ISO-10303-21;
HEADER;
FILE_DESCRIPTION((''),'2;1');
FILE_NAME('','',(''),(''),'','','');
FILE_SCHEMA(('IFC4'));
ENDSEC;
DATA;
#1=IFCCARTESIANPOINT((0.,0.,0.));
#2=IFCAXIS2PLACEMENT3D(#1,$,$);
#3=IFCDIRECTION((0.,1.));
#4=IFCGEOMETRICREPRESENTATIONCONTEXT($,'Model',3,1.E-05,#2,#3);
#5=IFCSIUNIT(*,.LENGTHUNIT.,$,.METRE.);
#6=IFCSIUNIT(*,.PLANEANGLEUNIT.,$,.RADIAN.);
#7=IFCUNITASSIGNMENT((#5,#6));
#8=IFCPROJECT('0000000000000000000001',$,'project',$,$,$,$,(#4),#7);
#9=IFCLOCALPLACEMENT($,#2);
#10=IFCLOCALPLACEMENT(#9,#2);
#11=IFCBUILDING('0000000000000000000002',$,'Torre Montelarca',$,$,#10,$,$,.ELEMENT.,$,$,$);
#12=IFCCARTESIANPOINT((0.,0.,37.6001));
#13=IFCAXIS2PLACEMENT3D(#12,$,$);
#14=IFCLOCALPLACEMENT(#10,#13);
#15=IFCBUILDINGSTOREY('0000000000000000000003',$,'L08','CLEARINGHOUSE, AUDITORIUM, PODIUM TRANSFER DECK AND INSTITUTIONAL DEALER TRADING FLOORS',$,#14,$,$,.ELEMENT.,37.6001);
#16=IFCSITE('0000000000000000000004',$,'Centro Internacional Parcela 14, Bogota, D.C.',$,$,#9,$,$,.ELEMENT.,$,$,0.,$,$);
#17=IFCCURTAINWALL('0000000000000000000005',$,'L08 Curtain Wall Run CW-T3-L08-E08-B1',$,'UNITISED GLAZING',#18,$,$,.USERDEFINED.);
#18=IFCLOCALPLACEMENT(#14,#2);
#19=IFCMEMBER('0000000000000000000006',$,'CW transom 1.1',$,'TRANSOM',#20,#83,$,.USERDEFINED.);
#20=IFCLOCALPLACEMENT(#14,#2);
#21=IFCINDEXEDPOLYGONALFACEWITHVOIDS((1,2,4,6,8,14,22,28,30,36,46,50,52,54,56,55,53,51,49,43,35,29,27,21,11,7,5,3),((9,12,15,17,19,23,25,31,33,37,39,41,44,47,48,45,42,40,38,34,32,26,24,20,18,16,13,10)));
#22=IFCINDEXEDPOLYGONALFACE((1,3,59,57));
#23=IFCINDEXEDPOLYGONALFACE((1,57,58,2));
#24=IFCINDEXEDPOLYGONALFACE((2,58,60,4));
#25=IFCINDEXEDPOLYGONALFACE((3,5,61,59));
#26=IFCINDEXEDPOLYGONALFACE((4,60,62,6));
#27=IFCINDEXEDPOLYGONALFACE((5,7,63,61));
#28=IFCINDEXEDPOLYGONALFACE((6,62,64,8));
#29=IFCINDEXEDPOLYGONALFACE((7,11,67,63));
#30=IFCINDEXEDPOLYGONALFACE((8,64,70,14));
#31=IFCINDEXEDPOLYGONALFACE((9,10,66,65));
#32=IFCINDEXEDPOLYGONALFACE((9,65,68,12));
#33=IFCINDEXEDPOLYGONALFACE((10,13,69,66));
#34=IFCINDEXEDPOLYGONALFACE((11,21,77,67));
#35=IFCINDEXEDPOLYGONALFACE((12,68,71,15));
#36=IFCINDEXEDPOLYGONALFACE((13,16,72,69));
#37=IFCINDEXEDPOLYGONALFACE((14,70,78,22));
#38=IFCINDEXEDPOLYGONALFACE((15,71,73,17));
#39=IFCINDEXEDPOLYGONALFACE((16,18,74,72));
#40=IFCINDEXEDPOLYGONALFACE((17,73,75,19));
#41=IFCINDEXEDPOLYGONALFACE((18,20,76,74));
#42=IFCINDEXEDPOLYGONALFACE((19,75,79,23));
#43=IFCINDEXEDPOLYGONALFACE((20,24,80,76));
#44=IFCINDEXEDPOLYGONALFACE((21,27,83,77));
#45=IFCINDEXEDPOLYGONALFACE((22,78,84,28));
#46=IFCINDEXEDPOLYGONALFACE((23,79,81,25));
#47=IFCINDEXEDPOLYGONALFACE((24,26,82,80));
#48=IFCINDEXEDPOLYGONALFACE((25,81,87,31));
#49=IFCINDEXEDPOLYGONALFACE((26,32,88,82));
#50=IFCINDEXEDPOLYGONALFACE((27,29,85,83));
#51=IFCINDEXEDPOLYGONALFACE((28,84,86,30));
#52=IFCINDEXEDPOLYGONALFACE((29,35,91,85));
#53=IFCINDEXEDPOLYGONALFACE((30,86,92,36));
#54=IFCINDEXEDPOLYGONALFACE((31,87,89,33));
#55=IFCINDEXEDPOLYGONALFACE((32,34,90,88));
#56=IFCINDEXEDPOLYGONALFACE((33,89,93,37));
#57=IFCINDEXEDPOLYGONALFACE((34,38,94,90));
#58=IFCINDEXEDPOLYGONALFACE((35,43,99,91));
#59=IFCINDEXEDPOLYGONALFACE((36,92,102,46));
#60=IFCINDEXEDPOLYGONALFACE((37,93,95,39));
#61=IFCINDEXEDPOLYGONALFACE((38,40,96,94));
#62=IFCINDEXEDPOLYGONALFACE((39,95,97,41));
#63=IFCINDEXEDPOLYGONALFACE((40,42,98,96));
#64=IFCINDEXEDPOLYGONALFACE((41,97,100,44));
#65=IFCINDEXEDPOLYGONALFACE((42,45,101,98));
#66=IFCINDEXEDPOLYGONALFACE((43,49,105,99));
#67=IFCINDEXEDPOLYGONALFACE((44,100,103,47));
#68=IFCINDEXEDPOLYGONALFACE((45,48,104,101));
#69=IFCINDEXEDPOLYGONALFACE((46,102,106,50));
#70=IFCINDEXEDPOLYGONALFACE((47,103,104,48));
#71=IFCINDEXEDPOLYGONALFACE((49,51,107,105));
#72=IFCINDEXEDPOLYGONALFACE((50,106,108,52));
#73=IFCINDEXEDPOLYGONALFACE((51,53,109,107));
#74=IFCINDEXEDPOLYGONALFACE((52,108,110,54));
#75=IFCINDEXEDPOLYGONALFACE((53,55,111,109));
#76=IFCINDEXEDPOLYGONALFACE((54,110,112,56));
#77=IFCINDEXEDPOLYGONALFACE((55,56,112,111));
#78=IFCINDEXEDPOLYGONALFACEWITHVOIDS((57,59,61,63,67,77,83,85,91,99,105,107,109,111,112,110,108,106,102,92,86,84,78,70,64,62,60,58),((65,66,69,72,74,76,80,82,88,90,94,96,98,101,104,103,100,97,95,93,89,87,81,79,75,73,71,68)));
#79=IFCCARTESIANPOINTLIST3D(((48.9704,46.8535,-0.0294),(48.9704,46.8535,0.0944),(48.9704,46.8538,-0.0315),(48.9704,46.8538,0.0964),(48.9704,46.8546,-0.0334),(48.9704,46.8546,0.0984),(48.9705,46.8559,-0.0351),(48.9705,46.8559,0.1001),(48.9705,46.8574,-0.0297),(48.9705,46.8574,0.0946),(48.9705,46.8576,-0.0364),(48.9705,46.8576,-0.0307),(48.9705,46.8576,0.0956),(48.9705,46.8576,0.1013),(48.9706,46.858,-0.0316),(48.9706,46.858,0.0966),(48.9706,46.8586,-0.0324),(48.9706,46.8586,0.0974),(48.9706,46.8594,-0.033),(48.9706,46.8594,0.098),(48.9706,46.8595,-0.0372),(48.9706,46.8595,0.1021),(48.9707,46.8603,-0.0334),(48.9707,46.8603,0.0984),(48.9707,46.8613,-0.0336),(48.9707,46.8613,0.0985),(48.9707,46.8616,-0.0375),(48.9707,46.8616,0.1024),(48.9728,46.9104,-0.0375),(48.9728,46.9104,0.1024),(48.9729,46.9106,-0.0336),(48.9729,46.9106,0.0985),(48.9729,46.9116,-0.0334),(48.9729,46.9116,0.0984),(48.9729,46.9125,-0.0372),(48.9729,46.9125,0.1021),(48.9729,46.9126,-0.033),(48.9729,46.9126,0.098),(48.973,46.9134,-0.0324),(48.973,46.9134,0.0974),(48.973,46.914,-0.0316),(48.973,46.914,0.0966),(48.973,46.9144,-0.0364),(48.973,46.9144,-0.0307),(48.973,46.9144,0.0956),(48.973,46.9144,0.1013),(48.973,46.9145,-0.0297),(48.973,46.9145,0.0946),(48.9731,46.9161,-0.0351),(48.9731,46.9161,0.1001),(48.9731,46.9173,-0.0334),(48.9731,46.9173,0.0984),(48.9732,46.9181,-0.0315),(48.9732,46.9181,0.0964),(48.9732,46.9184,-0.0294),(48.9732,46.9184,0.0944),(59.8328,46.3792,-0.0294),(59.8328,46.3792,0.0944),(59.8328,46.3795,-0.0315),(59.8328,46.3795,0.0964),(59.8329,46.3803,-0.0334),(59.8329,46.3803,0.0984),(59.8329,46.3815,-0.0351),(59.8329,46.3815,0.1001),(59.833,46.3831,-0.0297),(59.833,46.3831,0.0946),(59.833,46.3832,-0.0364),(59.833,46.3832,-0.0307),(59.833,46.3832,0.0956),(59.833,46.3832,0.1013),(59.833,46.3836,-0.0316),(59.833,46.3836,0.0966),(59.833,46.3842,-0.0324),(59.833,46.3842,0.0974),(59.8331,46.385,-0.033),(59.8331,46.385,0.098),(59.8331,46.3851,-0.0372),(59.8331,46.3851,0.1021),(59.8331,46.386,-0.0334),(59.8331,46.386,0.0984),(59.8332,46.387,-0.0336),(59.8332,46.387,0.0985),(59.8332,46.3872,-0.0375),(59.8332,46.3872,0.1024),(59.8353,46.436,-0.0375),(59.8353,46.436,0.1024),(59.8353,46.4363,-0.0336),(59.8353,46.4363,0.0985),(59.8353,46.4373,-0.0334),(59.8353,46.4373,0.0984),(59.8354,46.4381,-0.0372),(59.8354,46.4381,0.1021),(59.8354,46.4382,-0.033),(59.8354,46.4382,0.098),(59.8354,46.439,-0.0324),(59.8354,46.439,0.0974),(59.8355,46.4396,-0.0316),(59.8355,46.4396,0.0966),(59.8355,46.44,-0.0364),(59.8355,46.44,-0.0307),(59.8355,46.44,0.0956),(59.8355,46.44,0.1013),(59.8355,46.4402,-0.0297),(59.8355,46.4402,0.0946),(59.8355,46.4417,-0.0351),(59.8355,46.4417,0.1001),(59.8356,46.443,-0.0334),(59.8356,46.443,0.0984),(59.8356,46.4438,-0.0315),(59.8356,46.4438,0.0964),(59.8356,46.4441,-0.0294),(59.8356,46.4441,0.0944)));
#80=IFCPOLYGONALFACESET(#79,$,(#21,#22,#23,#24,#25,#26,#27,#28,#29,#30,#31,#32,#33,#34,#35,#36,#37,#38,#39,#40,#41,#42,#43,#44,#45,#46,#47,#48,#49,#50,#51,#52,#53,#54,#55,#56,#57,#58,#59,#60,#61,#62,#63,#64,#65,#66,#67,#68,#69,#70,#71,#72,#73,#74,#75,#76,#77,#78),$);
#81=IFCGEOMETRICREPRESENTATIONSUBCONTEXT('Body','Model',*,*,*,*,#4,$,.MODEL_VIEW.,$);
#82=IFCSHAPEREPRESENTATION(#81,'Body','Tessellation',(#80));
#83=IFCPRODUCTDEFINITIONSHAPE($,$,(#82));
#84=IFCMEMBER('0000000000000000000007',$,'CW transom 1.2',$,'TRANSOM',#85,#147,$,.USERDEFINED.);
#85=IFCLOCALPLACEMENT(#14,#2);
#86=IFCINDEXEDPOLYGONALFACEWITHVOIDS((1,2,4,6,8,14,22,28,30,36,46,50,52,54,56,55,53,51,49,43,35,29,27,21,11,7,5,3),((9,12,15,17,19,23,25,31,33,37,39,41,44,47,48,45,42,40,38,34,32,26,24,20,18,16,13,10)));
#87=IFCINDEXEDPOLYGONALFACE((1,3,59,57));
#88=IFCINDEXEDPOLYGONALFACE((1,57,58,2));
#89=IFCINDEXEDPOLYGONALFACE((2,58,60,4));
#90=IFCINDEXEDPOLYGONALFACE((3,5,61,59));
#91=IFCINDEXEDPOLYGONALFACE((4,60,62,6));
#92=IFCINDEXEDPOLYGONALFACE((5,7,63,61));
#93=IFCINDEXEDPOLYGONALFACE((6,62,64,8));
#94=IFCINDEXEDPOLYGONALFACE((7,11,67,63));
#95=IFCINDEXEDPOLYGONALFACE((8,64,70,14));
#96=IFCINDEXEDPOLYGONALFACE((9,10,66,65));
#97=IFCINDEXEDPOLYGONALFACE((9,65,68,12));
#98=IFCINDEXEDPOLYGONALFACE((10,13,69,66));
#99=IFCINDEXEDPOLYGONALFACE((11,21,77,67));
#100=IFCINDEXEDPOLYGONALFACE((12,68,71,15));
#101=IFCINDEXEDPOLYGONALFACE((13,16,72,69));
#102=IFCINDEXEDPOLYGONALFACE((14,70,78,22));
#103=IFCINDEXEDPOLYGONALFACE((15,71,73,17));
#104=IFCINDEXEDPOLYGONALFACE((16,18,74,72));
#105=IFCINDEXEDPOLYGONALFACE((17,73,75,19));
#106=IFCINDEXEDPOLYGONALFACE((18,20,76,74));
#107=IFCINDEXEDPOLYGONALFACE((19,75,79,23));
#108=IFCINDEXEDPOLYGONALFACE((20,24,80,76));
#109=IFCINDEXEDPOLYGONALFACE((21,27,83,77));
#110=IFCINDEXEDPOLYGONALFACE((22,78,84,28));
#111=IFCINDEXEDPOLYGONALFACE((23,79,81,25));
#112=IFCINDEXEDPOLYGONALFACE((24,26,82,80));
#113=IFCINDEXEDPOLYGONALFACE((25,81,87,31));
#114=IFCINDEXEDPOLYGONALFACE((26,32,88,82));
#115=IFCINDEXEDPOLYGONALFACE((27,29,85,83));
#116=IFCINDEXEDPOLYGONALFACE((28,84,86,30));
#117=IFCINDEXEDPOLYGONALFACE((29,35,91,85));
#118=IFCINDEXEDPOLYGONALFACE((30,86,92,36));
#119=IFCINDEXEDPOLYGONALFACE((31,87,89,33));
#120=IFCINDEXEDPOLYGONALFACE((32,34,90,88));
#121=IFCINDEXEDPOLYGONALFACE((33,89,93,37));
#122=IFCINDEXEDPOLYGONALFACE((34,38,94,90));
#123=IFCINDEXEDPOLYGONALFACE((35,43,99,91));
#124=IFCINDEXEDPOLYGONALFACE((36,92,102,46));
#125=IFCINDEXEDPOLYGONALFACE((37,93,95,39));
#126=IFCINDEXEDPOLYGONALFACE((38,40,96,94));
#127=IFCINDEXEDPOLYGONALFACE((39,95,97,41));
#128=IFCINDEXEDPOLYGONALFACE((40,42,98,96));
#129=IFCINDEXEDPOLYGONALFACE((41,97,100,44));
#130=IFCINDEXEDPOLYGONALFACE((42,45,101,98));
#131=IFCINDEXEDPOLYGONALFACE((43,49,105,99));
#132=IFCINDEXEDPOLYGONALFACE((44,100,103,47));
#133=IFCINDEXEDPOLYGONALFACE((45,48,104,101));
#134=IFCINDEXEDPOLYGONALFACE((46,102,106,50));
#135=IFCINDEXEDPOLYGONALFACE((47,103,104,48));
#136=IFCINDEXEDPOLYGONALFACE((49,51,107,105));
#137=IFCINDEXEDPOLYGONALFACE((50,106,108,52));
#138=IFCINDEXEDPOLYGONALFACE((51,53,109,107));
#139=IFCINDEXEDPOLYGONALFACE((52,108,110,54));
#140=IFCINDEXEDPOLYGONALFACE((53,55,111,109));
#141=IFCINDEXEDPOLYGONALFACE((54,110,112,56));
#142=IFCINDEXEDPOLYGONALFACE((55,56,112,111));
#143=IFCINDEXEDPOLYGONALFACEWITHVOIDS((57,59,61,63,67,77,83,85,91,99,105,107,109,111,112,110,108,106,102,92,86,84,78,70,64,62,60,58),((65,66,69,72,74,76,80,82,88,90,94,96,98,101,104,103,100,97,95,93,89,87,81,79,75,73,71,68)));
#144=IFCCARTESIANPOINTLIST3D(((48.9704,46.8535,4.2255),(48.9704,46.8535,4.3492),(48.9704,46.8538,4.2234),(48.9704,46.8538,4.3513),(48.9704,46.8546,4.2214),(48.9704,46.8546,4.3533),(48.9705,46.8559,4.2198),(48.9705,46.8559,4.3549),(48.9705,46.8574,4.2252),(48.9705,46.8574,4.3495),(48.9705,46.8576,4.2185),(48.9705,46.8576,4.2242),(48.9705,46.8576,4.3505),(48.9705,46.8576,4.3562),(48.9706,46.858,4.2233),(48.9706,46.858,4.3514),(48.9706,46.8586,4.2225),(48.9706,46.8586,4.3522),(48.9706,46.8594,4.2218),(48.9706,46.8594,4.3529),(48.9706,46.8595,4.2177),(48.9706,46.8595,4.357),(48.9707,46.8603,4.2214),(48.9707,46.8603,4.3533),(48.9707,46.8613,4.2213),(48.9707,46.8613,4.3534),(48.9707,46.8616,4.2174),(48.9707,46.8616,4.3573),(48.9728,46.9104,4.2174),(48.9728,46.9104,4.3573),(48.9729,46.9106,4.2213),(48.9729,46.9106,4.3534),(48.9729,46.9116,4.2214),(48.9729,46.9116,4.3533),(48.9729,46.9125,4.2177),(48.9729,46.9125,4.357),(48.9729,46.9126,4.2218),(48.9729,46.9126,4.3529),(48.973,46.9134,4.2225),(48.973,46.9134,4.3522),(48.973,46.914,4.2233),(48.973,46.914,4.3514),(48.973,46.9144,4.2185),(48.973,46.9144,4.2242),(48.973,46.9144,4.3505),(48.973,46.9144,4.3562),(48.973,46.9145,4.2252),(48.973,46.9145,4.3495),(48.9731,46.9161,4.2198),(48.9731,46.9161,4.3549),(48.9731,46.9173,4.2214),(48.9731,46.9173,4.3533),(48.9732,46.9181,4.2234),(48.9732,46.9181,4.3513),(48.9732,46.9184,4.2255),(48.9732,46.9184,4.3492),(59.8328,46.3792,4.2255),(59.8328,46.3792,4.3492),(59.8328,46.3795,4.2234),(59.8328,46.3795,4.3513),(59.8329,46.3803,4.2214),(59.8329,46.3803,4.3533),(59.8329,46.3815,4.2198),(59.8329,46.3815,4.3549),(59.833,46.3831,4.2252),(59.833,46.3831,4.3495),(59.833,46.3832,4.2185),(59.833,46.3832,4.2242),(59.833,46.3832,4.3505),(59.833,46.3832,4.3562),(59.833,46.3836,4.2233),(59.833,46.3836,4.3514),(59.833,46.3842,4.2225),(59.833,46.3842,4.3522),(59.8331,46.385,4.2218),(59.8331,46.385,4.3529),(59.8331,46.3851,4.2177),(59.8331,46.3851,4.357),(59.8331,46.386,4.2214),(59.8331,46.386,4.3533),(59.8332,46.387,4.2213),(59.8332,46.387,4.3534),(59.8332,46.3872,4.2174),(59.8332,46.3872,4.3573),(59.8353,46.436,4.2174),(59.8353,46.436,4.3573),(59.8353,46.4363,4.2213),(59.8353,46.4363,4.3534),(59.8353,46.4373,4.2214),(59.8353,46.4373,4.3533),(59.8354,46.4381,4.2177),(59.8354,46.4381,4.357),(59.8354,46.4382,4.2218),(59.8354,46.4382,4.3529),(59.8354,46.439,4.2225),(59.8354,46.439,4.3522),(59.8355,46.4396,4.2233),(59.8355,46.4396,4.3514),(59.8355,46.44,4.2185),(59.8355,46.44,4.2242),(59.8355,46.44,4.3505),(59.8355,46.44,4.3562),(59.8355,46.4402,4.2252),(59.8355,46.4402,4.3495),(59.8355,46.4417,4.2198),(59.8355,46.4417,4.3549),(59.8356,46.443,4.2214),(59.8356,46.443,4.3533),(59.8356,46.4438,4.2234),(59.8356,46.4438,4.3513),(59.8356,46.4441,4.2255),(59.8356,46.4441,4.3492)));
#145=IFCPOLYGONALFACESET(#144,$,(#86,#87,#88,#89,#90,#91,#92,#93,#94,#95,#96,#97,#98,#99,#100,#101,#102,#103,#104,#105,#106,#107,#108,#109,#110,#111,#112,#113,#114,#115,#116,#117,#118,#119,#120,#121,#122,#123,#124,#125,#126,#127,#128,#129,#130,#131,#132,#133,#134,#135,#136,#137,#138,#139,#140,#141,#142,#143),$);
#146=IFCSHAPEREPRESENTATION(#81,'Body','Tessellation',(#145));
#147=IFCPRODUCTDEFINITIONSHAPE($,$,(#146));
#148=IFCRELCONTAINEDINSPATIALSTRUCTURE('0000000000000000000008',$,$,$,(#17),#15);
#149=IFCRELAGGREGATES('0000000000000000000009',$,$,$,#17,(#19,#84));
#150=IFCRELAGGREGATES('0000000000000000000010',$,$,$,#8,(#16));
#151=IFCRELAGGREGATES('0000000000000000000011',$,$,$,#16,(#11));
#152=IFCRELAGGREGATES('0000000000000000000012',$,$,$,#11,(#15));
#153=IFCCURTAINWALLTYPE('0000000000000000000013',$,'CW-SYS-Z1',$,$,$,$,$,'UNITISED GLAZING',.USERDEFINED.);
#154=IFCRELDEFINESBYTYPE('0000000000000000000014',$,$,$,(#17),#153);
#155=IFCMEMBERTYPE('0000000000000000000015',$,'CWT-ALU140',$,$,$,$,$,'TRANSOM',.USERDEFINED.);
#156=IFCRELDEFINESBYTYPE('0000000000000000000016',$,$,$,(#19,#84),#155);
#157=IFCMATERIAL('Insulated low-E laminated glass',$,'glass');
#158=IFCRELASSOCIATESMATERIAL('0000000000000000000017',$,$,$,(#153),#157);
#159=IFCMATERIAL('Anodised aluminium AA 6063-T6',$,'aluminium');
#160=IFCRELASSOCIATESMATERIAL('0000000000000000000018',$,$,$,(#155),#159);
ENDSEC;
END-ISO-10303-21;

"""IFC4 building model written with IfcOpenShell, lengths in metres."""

from ifc_helpers import new_model, si_unit, direction, frame, origin, origin_2d, place, context, subcontext, project, spatial, hollow_rectangle, extrude, source, transform, mapped, material, material_profile, profile_set, type_object, element, aggregate, save


model = new_model("IFC4")

# Units and contexts
model_context = context("Model", 3, precision=1e-05, world=origin(), true_north=direction((0.0, 1.0)))
body_context = subcontext(model_context, "Body", "Model", "MODEL_VIEW")
ifc_project = project(units=[si_unit("LENGTHUNIT", "METRE"), si_unit("PLANEANGLEUNIT", "RADIAN")], contexts=[model_context])

# Site, building, storey
site_placement = place(None, origin())
site = spatial("IfcSite", under=ifc_project, at=site_placement, Name="Centro Internacional Parcela 14, Bogota, D.C.", CompositionType="ELEMENT", RefElevation=0.0)
building_placement = place(site_placement, origin())
building = spatial("IfcBuilding", under=site, at=building_placement, Name="Torre Montelarca", CompositionType="ELEMENT")
storey_placement = place(building_placement, frame((0.0, 0.0, 37.6001)))
storey = spatial("IfcBuildingStorey", under=building, at=storey_placement, Name="L08", Description="CLEARINGHOUSE, AUDITORIUM, PODIUM TRANSFER DECK AND INSTITUTIONAL DEALER TRADING FLOORS", CompositionType="ELEMENT", Elevation=37.6001)

# Curtain wall
ifc_material_1 = material(Name="Insulated low-E laminated glass", Category="glass")
curtain_wall_type = type_object("IfcCurtainWallType", Name="CW-SYS-Z1", ElementType="UNITISED GLAZING", PredefinedType="USERDEFINED", material=ifc_material_1)
ifc_material_2 = material(Name="Anodised aluminium AA 6063-T6", Category="aluminium")
ifc_material_profile_1 = material_profile(ifc_material_2, hollow_rectangle(XDim=0.0649, YDim=0.1399, WallThickness=0.0039, InnerFilletRadius=0.0039, OuterFilletRadius=0.0081, at=origin_2d()), Name="ALU65X140X4", Category="aluminium")
ifc_profile_set_1 = profile_set([ifc_material_profile_1], Name="Anodised aluminium AA 6063-T6")
member_type_1 = type_object("IfcMemberType", Name="CWT-ALU140", ElementType="TRANSOM", PredefinedType="USERDEFINED", material=ifc_profile_set_1)
curtain_wall_1_placement = place(storey_placement, origin())
curtain_wall_1 = element("IfcCurtainWall", 1, at=curtain_wall_1_placement, inside=storey, type_object=curtain_wall_type, Name="L08 Curtain Wall Run CW-T3-L08-E08-B1", ObjectType="UNITISED GLAZING", PredefinedType="USERDEFINED")

# Members
shared_shape_1 = source(origin(), body_context, "Body", "SweptSolid", [
    extrude(hollow_rectangle(XDim=0.0649, YDim=0.1399, WallThickness=0.0039, InnerFilletRadius=0.0039, OuterFilletRadius=0.0081, at=origin_2d()), origin(), (0.0, 0.0, 1.0), 10.8728),
])
member_1_placement = place(storey_placement, frame((59.8342, 46.4116, 0.0325), z_axis=(-0.999048, 0.043628, 0.0), x_axis=(-0.043628, -0.999048, 0.0)))
member_1 = element("IfcMember", 2, at=member_1_placement, type_object=member_type_1, Name="CW transom 1.1", ObjectType="TRANSOM", PredefinedType="USERDEFINED", context=body_context, shape_type="MappedRepresentation", body=[
    mapped(shared_shape_1, transform((0.0, 0.0, 0.0), scale=1.0)),
])
member_2_placement = place(storey_placement, frame((59.8342, 46.4116, 4.2874), z_axis=(-0.999048, 0.043628, 0.0), x_axis=(-0.043628, -0.999048, 0.0)))
member_2 = element("IfcMember", 3, at=member_2_placement, type_object=member_type_1, Name="CW transom 1.2", ObjectType="TRANSOM", PredefinedType="USERDEFINED", context=body_context, shape_type="MappedRepresentation", body=[
    mapped(shared_shape_1, transform((0.0, 0.0, 0.0), scale=1.0)),
])

aggregate(curtain_wall_1, [member_1, member_2])

save(model, "model.ifc")
